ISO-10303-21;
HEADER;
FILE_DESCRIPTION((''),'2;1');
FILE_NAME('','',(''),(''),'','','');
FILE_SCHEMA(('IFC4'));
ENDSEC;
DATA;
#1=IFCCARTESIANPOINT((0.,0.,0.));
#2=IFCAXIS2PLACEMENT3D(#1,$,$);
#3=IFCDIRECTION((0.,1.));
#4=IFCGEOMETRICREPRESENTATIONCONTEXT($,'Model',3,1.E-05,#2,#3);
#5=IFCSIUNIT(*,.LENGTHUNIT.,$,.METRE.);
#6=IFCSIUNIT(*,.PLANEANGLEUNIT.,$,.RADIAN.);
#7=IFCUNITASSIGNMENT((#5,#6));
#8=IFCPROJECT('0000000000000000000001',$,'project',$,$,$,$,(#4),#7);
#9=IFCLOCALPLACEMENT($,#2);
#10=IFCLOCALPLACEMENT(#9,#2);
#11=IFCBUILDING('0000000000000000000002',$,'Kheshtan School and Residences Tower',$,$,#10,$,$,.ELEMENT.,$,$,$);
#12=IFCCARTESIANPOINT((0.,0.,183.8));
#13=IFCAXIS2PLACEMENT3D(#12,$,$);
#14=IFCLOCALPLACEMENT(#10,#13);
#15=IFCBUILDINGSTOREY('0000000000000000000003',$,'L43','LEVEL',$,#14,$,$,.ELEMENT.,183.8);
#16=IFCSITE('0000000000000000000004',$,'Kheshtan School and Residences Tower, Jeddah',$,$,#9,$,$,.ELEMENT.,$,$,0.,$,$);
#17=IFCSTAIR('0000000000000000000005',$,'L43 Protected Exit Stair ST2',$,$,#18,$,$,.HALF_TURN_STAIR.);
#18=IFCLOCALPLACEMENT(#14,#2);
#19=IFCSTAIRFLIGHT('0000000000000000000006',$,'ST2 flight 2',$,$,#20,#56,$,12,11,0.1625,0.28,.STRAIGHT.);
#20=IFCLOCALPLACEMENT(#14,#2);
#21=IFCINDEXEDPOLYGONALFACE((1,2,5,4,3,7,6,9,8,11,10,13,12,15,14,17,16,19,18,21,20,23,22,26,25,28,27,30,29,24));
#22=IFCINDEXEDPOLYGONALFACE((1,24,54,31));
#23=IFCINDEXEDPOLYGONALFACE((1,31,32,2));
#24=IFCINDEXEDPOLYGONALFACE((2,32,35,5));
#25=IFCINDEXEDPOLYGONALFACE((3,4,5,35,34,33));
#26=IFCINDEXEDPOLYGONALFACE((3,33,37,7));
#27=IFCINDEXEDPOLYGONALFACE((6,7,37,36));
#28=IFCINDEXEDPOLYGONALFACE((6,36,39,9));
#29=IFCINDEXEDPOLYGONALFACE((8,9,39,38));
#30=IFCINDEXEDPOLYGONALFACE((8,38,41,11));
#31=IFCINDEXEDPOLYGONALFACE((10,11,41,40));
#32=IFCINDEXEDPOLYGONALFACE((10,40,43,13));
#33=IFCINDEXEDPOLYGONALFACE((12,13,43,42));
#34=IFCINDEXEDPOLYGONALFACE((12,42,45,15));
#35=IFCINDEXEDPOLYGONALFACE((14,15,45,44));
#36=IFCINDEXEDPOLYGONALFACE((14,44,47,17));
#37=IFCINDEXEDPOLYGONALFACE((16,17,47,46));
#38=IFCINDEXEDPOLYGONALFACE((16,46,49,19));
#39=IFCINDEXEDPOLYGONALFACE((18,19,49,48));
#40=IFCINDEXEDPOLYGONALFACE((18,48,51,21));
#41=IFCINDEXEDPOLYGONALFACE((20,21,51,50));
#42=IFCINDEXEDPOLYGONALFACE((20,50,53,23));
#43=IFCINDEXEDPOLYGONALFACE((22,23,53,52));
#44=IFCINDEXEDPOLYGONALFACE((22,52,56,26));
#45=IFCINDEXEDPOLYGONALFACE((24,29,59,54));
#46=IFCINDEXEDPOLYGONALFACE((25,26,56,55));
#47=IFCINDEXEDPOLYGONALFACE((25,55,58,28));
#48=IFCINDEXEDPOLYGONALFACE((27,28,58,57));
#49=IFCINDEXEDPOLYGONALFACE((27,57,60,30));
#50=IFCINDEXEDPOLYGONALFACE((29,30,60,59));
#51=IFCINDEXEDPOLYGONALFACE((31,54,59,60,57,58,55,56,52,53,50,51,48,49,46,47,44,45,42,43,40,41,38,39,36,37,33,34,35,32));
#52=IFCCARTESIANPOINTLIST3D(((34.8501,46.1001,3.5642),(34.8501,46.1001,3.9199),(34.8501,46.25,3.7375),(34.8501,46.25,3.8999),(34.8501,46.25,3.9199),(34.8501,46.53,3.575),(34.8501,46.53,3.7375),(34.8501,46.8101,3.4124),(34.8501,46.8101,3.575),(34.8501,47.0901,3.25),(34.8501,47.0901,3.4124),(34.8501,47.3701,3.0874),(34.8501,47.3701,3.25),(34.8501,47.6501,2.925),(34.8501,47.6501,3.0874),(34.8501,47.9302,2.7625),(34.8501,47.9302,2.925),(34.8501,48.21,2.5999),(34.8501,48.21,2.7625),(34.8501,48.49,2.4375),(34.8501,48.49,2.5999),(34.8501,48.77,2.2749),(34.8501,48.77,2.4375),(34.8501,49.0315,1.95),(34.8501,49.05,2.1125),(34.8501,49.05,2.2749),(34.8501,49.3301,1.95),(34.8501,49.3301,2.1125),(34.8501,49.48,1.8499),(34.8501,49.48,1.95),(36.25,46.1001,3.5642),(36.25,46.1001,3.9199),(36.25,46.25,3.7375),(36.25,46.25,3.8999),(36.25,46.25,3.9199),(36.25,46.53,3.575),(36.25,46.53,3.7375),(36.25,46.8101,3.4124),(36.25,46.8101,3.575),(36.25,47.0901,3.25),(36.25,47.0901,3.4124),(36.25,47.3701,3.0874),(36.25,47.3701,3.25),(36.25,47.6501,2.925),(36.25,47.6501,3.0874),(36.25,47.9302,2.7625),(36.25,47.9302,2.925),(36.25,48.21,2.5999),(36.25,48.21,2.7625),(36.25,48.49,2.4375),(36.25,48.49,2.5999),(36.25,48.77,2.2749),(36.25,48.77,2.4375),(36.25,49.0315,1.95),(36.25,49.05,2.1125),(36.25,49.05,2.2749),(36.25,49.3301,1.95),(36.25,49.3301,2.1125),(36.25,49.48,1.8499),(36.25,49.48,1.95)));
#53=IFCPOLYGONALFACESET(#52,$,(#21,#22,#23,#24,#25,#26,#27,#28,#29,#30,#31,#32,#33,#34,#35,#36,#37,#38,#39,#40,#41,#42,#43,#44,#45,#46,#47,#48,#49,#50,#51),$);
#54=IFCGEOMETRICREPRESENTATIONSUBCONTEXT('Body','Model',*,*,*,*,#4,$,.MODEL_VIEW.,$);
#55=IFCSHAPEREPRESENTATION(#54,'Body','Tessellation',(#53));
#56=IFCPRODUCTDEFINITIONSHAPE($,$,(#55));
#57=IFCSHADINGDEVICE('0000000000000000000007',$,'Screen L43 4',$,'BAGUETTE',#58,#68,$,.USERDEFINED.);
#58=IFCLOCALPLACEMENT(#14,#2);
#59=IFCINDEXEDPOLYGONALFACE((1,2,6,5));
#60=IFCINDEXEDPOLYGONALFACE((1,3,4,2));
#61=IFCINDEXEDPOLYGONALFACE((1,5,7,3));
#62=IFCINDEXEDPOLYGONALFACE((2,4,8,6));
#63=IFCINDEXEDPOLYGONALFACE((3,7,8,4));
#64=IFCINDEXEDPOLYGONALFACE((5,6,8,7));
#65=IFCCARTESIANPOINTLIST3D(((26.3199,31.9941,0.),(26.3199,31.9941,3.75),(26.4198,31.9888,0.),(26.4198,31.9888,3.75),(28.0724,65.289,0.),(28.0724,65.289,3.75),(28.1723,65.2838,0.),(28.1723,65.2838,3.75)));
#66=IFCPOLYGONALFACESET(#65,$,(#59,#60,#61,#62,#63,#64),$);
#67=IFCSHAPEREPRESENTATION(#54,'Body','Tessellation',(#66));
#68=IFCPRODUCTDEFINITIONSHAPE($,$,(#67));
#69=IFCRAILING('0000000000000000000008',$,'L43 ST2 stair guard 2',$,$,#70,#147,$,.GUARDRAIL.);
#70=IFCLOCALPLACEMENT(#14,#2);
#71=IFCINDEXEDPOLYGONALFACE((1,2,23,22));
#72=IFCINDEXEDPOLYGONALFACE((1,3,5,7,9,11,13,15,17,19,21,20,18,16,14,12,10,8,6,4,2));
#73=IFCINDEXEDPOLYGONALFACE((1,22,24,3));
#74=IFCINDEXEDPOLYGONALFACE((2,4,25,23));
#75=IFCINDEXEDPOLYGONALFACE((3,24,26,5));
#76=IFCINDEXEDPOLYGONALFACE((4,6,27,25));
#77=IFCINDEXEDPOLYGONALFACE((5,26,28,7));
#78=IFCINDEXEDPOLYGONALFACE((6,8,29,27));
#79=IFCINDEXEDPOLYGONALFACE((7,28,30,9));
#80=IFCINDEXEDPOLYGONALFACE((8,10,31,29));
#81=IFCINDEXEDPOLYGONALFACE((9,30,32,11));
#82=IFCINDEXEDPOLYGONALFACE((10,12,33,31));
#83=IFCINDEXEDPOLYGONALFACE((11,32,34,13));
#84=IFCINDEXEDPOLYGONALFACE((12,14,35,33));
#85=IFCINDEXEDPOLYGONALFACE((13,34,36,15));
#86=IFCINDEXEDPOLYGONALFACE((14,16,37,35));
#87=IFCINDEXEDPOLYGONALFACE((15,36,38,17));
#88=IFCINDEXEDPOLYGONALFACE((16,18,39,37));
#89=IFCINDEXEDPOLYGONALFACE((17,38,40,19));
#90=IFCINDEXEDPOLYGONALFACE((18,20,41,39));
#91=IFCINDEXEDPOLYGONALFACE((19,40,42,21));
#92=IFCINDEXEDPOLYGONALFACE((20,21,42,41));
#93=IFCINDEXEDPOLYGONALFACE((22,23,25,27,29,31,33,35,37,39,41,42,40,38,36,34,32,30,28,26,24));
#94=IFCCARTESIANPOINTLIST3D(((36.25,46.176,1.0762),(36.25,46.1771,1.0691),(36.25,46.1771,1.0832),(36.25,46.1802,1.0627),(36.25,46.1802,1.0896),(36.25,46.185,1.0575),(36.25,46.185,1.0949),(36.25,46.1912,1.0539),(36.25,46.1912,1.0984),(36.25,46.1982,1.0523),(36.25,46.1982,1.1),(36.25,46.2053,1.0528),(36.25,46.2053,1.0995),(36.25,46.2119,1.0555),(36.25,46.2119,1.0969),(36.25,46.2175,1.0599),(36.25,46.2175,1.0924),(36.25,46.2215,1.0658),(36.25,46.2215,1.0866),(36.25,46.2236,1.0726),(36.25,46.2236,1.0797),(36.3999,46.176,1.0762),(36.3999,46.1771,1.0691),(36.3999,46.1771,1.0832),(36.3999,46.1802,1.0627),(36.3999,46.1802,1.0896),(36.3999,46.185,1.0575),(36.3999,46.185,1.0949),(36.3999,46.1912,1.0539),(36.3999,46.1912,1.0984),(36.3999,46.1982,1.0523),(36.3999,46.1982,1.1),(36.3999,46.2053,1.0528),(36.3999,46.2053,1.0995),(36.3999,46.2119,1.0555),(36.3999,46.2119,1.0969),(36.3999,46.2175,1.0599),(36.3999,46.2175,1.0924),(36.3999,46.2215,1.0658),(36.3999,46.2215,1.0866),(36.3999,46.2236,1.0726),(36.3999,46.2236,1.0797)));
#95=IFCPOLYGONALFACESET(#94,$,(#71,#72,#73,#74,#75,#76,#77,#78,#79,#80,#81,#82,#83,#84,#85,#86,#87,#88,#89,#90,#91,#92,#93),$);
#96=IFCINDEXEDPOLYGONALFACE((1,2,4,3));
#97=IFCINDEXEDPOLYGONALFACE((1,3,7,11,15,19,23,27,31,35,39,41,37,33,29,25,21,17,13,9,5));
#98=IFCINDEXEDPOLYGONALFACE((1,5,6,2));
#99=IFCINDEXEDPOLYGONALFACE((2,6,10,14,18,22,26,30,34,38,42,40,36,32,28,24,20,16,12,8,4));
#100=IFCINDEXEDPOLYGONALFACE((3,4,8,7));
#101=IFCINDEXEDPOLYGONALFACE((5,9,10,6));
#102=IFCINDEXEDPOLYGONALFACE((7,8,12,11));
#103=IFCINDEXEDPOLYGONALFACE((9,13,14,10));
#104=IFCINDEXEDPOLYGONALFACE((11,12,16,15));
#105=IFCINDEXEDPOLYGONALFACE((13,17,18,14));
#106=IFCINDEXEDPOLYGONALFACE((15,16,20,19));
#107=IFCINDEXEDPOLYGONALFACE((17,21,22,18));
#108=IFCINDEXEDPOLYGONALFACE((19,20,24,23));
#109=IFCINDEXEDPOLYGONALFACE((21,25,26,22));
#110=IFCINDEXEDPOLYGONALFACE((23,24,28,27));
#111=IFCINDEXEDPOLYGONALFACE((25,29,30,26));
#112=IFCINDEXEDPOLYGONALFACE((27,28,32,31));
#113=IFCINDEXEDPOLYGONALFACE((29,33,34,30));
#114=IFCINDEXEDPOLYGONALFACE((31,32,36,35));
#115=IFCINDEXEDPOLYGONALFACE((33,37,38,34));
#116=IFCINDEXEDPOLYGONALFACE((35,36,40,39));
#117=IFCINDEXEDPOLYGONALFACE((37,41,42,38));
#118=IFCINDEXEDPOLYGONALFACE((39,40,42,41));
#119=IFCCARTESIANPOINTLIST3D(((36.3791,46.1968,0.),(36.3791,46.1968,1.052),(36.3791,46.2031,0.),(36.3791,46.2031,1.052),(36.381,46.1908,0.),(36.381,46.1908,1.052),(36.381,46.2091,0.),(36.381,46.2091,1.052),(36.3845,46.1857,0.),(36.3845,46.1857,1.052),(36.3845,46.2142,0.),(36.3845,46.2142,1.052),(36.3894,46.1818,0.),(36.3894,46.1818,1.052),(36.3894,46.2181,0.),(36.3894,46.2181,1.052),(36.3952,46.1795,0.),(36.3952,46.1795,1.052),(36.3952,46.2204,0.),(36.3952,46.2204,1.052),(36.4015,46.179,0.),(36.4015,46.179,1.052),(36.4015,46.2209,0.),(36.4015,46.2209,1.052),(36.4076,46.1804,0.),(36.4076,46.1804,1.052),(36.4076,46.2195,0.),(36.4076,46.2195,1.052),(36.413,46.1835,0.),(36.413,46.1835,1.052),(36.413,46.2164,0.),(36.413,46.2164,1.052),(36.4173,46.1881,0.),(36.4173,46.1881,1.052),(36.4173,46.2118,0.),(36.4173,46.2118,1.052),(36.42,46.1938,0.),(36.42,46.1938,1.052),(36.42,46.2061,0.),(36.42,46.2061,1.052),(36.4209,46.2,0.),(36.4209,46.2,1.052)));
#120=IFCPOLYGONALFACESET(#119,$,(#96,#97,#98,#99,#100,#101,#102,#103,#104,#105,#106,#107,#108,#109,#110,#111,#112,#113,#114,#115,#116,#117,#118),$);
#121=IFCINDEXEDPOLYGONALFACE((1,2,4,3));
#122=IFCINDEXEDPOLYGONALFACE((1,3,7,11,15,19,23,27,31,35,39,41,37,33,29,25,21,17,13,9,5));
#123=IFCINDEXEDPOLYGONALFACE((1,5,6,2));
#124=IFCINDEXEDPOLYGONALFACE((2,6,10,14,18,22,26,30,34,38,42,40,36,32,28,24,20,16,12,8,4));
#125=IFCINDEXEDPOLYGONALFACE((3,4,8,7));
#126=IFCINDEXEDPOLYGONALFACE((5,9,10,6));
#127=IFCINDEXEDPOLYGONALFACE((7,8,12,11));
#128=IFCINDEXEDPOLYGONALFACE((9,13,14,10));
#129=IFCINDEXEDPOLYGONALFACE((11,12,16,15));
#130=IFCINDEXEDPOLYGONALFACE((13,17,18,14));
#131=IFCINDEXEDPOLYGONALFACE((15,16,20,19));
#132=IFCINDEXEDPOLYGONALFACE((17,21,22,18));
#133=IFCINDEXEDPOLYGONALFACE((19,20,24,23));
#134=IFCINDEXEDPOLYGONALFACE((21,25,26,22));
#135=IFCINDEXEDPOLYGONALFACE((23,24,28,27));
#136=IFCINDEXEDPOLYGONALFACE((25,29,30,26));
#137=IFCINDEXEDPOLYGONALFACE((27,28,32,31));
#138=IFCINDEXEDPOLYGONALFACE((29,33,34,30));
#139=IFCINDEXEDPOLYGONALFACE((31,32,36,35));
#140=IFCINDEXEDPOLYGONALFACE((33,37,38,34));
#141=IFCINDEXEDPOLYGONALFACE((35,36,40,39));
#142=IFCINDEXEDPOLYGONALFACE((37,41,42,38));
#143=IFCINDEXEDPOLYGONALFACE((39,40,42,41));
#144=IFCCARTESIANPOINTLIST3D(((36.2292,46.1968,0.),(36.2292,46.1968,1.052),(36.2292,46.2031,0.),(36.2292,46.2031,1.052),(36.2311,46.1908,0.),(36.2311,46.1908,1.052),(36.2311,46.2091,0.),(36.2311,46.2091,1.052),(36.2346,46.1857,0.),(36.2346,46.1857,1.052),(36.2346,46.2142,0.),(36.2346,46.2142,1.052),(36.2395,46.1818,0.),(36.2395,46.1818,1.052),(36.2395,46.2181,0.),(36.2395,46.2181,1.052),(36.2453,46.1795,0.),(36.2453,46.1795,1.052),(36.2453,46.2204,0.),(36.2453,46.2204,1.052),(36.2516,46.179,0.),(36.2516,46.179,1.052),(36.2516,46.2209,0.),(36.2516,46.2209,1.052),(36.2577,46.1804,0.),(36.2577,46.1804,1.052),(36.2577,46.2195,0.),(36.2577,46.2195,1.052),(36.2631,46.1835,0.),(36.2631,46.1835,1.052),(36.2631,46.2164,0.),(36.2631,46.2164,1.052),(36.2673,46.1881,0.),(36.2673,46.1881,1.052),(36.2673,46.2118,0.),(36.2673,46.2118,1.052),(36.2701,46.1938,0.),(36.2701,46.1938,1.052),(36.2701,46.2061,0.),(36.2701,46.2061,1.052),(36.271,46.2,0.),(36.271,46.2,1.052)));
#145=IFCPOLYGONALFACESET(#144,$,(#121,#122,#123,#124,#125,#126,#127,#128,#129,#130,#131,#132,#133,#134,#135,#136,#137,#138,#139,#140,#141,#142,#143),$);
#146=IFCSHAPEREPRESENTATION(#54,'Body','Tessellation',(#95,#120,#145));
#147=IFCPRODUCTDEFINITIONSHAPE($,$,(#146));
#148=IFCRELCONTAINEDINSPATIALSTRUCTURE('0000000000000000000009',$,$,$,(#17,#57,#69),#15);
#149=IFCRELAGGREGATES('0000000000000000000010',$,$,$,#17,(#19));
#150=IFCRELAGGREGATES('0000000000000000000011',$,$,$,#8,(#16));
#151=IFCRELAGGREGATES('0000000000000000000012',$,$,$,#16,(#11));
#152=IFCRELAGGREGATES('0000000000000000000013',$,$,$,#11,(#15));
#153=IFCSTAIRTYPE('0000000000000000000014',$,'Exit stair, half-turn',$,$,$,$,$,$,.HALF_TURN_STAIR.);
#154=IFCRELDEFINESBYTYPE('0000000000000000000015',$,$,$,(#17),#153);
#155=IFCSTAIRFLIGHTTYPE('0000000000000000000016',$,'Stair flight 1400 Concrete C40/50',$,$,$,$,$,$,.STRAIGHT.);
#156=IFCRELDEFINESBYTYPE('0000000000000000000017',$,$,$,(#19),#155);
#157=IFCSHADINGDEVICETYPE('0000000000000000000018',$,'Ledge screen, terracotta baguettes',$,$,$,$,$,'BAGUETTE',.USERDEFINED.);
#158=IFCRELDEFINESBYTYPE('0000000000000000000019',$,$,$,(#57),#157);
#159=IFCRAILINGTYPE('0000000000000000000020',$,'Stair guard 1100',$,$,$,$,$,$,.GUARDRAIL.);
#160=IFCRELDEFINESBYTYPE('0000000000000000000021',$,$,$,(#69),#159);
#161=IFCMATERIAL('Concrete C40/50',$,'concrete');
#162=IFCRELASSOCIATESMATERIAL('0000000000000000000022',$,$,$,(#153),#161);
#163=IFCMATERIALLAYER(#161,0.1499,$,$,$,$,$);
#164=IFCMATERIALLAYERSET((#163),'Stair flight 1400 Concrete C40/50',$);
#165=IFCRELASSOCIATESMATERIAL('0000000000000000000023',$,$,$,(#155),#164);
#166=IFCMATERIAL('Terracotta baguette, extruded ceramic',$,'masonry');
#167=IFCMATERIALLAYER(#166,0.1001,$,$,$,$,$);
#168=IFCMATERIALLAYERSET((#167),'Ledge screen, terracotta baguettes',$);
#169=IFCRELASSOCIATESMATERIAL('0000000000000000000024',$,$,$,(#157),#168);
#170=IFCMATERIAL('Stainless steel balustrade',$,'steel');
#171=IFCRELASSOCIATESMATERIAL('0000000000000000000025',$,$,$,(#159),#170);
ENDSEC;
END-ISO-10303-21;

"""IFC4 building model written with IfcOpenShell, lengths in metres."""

from ifc_helpers import new_model, si_unit, direction, frame, origin, origin_2d, place, context, subcontext, project, spatial, polyline, rectangle, circle, outline, extrude, material, layer, layer_set, type_object, element, aggregate, save


model = new_model("IFC4")

# Units and contexts
model_context = context("Model", 3, precision=1e-05, world=origin(), true_north=direction((0.0, 1.0)))
body_context = subcontext(model_context, "Body", "Model", "MODEL_VIEW")
ifc_project = project(units=[si_unit("LENGTHUNIT", "METRE"), si_unit("PLANEANGLEUNIT", "RADIAN")], contexts=[model_context])

# Site, building, storey
site_placement = place(None, origin())
site = spatial("IfcSite", under=ifc_project, at=site_placement, Name="Kheshtan School and Residences Tower, Jeddah", CompositionType="ELEMENT", RefElevation=0.0)
building_placement = place(site_placement, origin())
building = spatial("IfcBuilding", under=site, at=building_placement, Name="Kheshtan School and Residences Tower", CompositionType="ELEMENT")
storey_placement = place(building_placement, frame((0.0, 0.0, 183.8)))
storey = spatial("IfcBuildingStorey", under=building, at=storey_placement, Name="L43", Description="LEVEL", CompositionType="ELEMENT", Elevation=183.8)

# Shared definitions
ifc_material_1 = material(Name="Concrete C40/50", Category="concrete")

# Stair, stair flight
stair_type = type_object("IfcStairType", Name="Exit stair, half-turn", PredefinedType="HALF_TURN_STAIR", material=ifc_material_1)
stair_placement = place(storey_placement, origin())
stair = element("IfcStair", 1, at=stair_placement, inside=storey, type_object=stair_type, Name="L43 Protected Exit Stair ST2", PredefinedType="HALF_TURN_STAIR")
ifc_layer_1 = layer(ifc_material_1, 0.1499)
ifc_layer_set_1 = layer_set([ifc_layer_1], Name="Stair flight 1400 Concrete C40/50")
stair_flight_type = type_object("IfcStairFlightType", Name="Stair flight 1400 Concrete C40/50", PredefinedType="STRAIGHT", material=ifc_layer_set_1)
stair_flight_1_placement = place(storey_placement, frame((35.55, 49.3301, 1.95), z_axis=(0.0, 0.0, 1.0), x_axis=(0.0, -1.0, 0.0)))
stair_flight_1 = element("IfcStairFlight", 2, at=stair_flight_1_placement, type_object=stair_flight_type, Name="ST2 flight 2", NumberOfRisers=12, NumberOfTreads=11, PredefinedType="STRAIGHT", RiserHeight=0.1625, TreadLength=0.28, context=body_context, shape_type="SweptSolid", body=[
    extrude(outline(polyline([(-0.1499, -0.1001), (-0.1499, 0.0), (0.0, 0.0), (0.0, 0.1626), (0.28, 0.1626), (0.28, 0.325), (0.5601, 0.325), (0.5601, 0.4875), (0.8401, 0.4875), (0.8401, 0.6499), (1.1201, 0.6499), (1.1201, 0.8125), (1.3999, 0.8125), (1.3999, 0.9751), (1.6799, 0.9751), (1.6799, 1.1375), (1.96, 1.1375), (1.96, 1.3), (2.24, 1.3), (2.24, 1.4624), (2.52, 1.4624), (2.52, 1.625), (2.8, 1.625), (2.8, 1.7876), (3.0801, 1.7876), (3.0801, 1.95), (3.0801, 1.97), (3.23, 1.97), (3.23, 1.6143), (0.2986, 0.0), (-0.1499, -0.1001)])), frame((0.0, 0.7, 0.0), z_axis=(0.0, -1.0, 0.0), x_axis=(1.0, 0.0, 0.0)), (0.0, 0.0, 1.0), 1.3999),
])
aggregate(stair, [stair_flight_1])

# Shading device
ifc_material_2 = material(Name="Terracotta baguette, extruded ceramic", Category="masonry")
ifc_layer_2 = layer(ifc_material_2, 0.1001)
ifc_layer_set_2 = layer_set([ifc_layer_2], Name="Ledge screen, terracotta baguettes")
shading_device_type = type_object("IfcShadingDeviceType", Name="Ledge screen, terracotta baguettes", ElementType="BAGUETTE", PredefinedType="USERDEFINED", material=ifc_layer_set_2)
shading_device_placement = place(storey_placement, frame((27.2461, 48.6389, 0.0), z_axis=(0.0, 0.0, 1.0), x_axis=(0.052563, 0.998618, 0.0)))
element("IfcShadingDevice", 3, at=shading_device_placement, inside=storey, type_object=shading_device_type, Name="Screen L43 4", ObjectType="BAGUETTE", PredefinedType="USERDEFINED", context=body_context, shape_type="SweptSolid", body=[
    extrude(rectangle(XDim=33.3411, YDim=0.1001, at=origin_2d()), origin(), (0.0, 0.0, 1.0), 3.75),
])

# Railing
ifc_material_3 = material(Name="Stainless steel balustrade", Category="steel")
railing_type_1 = type_object("IfcRailingType", Name="Stair guard 1100", PredefinedType="GUARDRAIL", material=ifc_material_3)
railing_1_placement = place(storey_placement, frame((36.3999, 46.2, 0.0)))
element("IfcRailing", 4, at=railing_1_placement, inside=storey, type_object=railing_type_1, Name="L43 ST2 stair guard 2", PredefinedType="GUARDRAIL", context=body_context, shape_type="SweptSolid", body=[
    extrude(circle(Radius=0.0239, at=origin_2d()), frame((0.0, 0.0, 1.0762), z_axis=(-1.0, 0.0, 0.0), x_axis=(0.0, -1.0, 0.0)), (0.0, 0.0, 1.0), 0.1499),
    extrude(circle(Radius=0.021, at=origin_2d()), origin(), (0.0, 0.0, 1.0), 1.052),
    extrude(circle(Radius=0.021, at=origin_2d()), frame((-0.1499, 0.0, 0.0)), (0.0, 0.0, 1.0), 1.052),
])

save(model, "model.ifc")
